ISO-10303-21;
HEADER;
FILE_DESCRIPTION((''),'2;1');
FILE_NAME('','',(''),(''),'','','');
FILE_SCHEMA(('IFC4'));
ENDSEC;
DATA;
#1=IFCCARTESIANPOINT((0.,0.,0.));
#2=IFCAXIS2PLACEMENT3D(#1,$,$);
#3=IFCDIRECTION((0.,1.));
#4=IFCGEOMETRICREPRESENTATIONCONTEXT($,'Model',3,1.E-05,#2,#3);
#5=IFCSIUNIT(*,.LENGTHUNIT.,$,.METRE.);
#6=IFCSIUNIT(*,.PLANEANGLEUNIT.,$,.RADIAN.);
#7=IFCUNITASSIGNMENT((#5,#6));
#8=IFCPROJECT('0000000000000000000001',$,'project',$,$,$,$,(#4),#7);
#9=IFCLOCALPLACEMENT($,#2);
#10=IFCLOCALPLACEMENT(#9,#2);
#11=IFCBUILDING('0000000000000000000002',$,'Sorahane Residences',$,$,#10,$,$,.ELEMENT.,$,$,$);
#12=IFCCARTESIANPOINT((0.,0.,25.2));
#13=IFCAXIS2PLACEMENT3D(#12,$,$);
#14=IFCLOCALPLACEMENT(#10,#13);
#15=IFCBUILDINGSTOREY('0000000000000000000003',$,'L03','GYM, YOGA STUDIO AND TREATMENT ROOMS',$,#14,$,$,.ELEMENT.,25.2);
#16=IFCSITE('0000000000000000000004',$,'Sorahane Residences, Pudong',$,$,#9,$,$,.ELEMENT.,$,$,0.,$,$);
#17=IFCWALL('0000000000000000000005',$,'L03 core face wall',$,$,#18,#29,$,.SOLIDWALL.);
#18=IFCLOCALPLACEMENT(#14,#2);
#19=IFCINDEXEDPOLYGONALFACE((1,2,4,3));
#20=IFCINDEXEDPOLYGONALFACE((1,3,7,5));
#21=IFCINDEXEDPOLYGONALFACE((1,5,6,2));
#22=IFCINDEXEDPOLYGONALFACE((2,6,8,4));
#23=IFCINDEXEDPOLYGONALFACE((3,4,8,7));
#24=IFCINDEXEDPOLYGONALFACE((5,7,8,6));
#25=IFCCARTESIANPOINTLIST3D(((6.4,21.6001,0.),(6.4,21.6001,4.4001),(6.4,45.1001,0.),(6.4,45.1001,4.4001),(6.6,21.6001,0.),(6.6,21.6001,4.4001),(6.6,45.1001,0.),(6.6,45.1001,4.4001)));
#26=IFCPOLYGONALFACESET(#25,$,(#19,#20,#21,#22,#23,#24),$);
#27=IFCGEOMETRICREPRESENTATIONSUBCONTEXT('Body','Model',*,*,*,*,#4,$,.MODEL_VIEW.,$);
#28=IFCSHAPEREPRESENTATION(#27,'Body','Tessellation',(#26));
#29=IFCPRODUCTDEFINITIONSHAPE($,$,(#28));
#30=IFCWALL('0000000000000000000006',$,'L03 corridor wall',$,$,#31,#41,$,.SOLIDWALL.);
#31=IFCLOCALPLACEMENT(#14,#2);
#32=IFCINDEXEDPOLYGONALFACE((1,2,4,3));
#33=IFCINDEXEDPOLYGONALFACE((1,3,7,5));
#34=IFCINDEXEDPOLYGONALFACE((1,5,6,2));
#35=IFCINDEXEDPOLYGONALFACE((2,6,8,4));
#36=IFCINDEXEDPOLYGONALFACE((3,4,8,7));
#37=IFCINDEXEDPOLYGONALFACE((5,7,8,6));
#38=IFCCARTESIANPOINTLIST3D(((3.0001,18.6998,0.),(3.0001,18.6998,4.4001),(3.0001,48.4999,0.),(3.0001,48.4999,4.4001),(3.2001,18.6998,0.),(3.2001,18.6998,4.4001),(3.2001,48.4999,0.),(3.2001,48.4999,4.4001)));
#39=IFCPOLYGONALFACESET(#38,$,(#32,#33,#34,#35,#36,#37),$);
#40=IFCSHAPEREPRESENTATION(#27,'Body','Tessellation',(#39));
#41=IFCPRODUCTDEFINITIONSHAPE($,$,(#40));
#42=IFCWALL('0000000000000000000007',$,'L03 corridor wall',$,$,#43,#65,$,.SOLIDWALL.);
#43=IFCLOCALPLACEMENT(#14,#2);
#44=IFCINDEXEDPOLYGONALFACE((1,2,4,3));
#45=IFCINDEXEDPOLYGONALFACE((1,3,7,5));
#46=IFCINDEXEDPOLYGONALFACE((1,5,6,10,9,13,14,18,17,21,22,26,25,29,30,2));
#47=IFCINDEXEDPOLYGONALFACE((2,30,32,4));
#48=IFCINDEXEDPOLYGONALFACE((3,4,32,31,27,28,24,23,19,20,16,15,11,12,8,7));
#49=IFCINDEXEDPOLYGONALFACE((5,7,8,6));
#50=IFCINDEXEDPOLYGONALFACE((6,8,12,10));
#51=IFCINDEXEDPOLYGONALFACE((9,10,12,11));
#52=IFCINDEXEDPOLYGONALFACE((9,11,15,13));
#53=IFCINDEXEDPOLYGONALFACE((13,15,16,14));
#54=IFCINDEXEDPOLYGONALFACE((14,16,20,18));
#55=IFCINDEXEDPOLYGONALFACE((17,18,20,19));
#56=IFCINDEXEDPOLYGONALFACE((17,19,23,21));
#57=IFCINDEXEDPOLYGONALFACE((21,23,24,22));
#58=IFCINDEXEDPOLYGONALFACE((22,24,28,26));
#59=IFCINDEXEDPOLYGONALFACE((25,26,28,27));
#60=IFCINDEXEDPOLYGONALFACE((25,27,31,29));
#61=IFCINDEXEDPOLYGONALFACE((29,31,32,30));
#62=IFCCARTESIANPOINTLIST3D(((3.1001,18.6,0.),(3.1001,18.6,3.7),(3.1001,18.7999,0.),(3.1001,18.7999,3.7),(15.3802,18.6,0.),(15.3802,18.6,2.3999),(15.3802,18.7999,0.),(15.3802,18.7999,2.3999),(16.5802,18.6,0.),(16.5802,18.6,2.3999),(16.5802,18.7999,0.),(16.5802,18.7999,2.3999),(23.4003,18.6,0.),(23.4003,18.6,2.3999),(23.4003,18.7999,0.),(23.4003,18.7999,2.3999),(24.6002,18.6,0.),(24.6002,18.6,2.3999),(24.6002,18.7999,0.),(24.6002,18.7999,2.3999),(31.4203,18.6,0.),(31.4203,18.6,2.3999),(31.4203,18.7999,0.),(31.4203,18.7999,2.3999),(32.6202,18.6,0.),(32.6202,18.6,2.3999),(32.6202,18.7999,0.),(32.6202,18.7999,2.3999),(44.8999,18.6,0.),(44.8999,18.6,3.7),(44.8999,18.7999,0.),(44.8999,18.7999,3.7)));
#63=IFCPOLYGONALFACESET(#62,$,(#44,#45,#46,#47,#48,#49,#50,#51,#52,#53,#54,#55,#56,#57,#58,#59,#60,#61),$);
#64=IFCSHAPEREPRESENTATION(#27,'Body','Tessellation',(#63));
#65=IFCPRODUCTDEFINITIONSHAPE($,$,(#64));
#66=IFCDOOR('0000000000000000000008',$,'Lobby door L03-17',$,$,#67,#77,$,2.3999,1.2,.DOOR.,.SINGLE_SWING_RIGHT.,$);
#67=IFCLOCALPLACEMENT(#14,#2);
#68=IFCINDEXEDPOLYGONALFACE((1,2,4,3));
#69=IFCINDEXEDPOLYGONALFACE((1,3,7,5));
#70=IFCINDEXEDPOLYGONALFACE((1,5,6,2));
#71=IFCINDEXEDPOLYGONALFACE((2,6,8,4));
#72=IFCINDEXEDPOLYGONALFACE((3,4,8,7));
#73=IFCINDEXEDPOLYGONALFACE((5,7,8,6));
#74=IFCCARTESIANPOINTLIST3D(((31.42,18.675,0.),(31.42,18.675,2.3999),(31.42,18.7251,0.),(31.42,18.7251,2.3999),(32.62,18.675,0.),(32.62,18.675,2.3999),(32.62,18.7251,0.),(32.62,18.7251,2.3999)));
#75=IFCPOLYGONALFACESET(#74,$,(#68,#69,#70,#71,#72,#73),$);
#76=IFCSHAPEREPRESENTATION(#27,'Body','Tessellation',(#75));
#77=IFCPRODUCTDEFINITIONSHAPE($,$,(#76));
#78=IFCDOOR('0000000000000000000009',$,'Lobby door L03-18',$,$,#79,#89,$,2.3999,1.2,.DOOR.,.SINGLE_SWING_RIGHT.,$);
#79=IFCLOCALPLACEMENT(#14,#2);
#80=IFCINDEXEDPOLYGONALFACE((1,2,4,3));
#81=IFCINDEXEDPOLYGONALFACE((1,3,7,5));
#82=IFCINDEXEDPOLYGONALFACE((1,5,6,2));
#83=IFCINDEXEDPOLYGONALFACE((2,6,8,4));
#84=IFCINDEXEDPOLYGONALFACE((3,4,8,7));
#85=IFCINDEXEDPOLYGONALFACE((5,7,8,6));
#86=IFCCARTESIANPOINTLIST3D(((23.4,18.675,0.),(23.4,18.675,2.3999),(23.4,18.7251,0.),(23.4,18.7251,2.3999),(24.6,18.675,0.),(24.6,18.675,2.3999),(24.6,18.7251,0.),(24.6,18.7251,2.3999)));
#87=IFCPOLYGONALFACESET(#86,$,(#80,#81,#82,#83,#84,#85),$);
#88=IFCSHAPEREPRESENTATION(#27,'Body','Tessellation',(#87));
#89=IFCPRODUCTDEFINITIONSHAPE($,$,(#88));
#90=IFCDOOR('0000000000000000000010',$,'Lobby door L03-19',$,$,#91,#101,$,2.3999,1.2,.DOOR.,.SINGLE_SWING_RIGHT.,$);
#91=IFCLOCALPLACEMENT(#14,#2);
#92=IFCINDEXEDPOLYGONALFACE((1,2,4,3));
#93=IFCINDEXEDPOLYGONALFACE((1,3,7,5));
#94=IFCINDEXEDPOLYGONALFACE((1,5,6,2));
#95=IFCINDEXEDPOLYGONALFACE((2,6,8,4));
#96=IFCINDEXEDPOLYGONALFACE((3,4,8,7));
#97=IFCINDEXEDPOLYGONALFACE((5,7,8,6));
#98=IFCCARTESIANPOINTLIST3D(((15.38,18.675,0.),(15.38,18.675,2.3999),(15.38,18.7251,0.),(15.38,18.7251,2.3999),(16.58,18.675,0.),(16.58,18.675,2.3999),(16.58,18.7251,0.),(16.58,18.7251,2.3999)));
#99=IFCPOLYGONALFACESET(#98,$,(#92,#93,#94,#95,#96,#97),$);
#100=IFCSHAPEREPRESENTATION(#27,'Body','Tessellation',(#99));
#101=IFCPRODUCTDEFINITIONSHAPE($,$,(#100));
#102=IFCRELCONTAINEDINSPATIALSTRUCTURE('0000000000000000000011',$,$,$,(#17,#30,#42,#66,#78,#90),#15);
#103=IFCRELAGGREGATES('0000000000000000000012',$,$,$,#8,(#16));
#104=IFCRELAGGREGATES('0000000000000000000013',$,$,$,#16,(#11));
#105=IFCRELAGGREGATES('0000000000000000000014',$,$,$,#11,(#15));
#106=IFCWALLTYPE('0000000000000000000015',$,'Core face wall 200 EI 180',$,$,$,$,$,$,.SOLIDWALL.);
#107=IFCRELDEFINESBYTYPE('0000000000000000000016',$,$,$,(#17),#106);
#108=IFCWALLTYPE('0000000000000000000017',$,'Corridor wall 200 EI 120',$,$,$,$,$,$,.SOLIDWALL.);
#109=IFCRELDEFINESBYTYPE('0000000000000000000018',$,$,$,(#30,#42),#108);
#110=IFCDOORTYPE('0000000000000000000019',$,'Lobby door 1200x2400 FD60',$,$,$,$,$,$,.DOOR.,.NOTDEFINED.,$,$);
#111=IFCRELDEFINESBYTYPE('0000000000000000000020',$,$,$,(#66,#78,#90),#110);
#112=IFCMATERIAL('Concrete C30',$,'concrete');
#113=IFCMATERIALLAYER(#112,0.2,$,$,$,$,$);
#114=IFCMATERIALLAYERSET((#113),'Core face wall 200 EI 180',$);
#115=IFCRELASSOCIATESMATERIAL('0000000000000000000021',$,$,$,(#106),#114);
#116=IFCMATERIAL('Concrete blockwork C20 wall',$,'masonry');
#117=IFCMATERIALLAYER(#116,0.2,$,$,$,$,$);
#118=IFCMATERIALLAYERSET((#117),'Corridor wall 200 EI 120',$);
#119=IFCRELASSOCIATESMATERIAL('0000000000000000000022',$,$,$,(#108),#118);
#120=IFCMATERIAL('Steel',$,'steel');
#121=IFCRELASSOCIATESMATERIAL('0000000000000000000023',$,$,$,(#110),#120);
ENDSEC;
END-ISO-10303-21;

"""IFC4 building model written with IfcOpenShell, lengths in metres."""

from ifc_helpers import new_model, si_unit, direction, frame, frame_2d, origin, place, context, subcontext, project, spatial, rectangle, extrude, material, layer, layer_set, type_object, element, fill, save


model = new_model("IFC4")

# Units and contexts
model_context = context("Model", 3, precision=1e-05, world=origin(), true_north=direction((0.0, 1.0)))
body_context = subcontext(model_context, "Body", "Model", "MODEL_VIEW")
ifc_project = project(units=[si_unit("LENGTHUNIT", "METRE"), si_unit("PLANEANGLEUNIT", "RADIAN")], contexts=[model_context])

# Site, building, storey
site_placement = place(None, origin())
site = spatial("IfcSite", under=ifc_project, at=site_placement, Name="Sorahane Residences, Pudong", CompositionType="ELEMENT", RefElevation=0.0)
building_placement = place(site_placement, origin())
building = spatial("IfcBuilding", under=site, at=building_placement, Name="Sorahane Residences", CompositionType="ELEMENT")
storey_placement = place(building_placement, frame((0.0, 0.0, 25.2)))
storey = spatial("IfcBuildingStorey", under=building, at=storey_placement, Name="L03", Description="GYM, YOGA STUDIO AND TREATMENT ROOMS", CompositionType="ELEMENT", Elevation=25.2)

# Walls
ifc_material_1 = material(Name="Concrete C30", Category="concrete")
ifc_layer_1 = layer(ifc_material_1, 0.2)
ifc_layer_set_1 = layer_set([ifc_layer_1], Name="Core face wall 200 EI 180")
wall_type_1 = type_object("IfcWallType", Name="Core face wall 200 EI 180", PredefinedType="SOLIDWALL", material=ifc_layer_set_1)
wall_1_placement = place(storey_placement, frame((6.5, 21.6001, 0.0), z_axis=(0.0, 0.0, 1.0), x_axis=(0.0, 1.0, 0.0)))
element("IfcWall", 1, at=wall_1_placement, inside=storey, type_object=wall_type_1, Name="L03 core face wall", PredefinedType="SOLIDWALL", context=body_context, shape_type="SweptSolid", body=[
    extrude(rectangle(XDim=23.5, YDim=0.2, at=frame_2d((11.75, 0.0))), origin(), (0.0, 0.0, 1.0), 4.4001),
])
ifc_material_2 = material(Name="Concrete blockwork C20 wall", Category="masonry")
ifc_layer_2 = layer(ifc_material_2, 0.2)
ifc_layer_set_2 = layer_set([ifc_layer_2], Name="Corridor wall 200 EI 120")
wall_type_2 = type_object("IfcWallType", Name="Corridor wall 200 EI 120", PredefinedType="SOLIDWALL", material=ifc_layer_set_2)
wall_2_placement = place(storey_placement, frame((3.1001, 18.7, 0.0), z_axis=(0.0, 0.0, 1.0), x_axis=(0.0, 1.0, 0.0)))
element("IfcWall", 2, at=wall_2_placement, inside=storey, type_object=wall_type_2, Name="L03 corridor wall", PredefinedType="SOLIDWALL", context=body_context, shape_type="SweptSolid", body=[
    extrude(rectangle(XDim=29.8, YDim=0.2, at=frame_2d((14.8999, 0.0))), origin(), (0.0, 0.0, 1.0), 4.4001),
])

# Wall, openings, doors
wall_3_placement = place(storey_placement, frame((3.1001, 18.7, 0.0), z_axis=(0.0, 0.0, 1.0), x_axis=(1.0, 0.0, 0.0)))
wall_3 = element("IfcWall", 3, at=wall_3_placement, inside=storey, type_object=wall_type_2, Name="L03 corridor wall", PredefinedType="SOLIDWALL", context=body_context, shape_type="SweptSolid", body=[
    extrude(rectangle(XDim=41.7998, YDim=0.2, at=frame_2d((20.8999, 0.0))), origin(), (0.0, 0.0, 1.0), 3.7),
])
opening_1_placement = place(wall_3_placement, frame((28.3201, 0.0, 0.0)))
opening_1 = element("IfcOpeningElement", 4, at=opening_1_placement, cuts=wall_3, PredefinedType="OPENING", context=body_context, shape_type="SweptSolid", body=[
    extrude(rectangle(XDim=1.2, YDim=2.3999, at=frame_2d((0.6001, 1.2))), frame((0.0, 0.1099, 0.0), z_axis=(0.0, -1.0, 0.0), x_axis=(1.0, 0.0, 0.0)), (0.0, 0.0, 1.0), 0.22),
])
opening_2_placement = place(wall_3_placement, frame((20.3, 0.0, 0.0)))
opening_2 = element("IfcOpeningElement", 5, at=opening_2_placement, cuts=wall_3, PredefinedType="OPENING", context=body_context, shape_type="SweptSolid", body=[
    extrude(rectangle(XDim=1.2, YDim=2.3999, at=frame_2d((0.6001, 1.2))), frame((0.0, 0.1099, 0.0), z_axis=(0.0, -1.0, 0.0), x_axis=(1.0, 0.0, 0.0)), (0.0, 0.0, 1.0), 0.22),
])
opening_3_placement = place(wall_3_placement, frame((12.28, 0.0, 0.0)))
opening_3 = element("IfcOpeningElement", 6, at=opening_3_placement, cuts=wall_3, PredefinedType="OPENING", context=body_context, shape_type="SweptSolid", body=[
    extrude(rectangle(XDim=1.2, YDim=2.3999, at=frame_2d((0.6001, 1.2))), frame((0.0, 0.1099, 0.0), z_axis=(0.0, -1.0, 0.0), x_axis=(1.0, 0.0, 0.0)), (0.0, 0.0, 1.0), 0.22),
])
ifc_material_3 = material(Name="Steel", Category="steel")
door_type_1 = type_object("IfcDoorType", Name="Lobby door 1200x2400 FD60", OperationType="NOTDEFINED", PredefinedType="DOOR", material=ifc_material_3)
door_1_placement = place(opening_1_placement, frame((1.2, 0.0, 0.0), z_axis=(0.0, 0.0, 1.0), x_axis=(-1.0, 0.0, 0.0)))
door_1 = element("IfcDoor", 7, at=door_1_placement, inside=storey, type_object=door_type_1, Name="Lobby door L03-17", OperationType="SINGLE_SWING_RIGHT", OverallHeight=2.3999, OverallWidth=1.2, PredefinedType="DOOR", context=body_context, shape_type="SweptSolid", body=[
    extrude(rectangle(XDim=1.2, YDim=2.3999, at=frame_2d((0.6001, 1.2))), frame((0.0, 0.0249, 0.0), z_axis=(0.0, -1.0, 0.0), x_axis=(1.0, 0.0, 0.0)), (0.0, 0.0, 1.0), 0.05),
])
fill(opening_1, door_1)
door_2_placement = place(opening_2_placement, frame((1.2, 0.0, 0.0), z_axis=(0.0, 0.0, 1.0), x_axis=(-1.0, 0.0, 0.0)))
door_2 = element("IfcDoor", 8, at=door_2_placement, inside=storey, type_object=door_type_1, Name="Lobby door L03-18", OperationType="SINGLE_SWING_RIGHT", OverallHeight=2.3999, OverallWidth=1.2, PredefinedType="DOOR", context=body_context, shape_type="SweptSolid", body=[
    extrude(rectangle(XDim=1.2, YDim=2.3999, at=frame_2d((0.6001, 1.2))), frame((0.0, 0.0249, 0.0), z_axis=(0.0, -1.0, 0.0), x_axis=(1.0, 0.0, 0.0)), (0.0, 0.0, 1.0), 0.05),
])
fill(opening_2, door_2)
door_3_placement = place(opening_3_placement, frame((1.2, 0.0, 0.0), z_axis=(0.0, 0.0, 1.0), x_axis=(-1.0, 0.0, 0.0)))
door_3 = element("IfcDoor", 9, at=door_3_placement, inside=storey, type_object=door_type_1, Name="Lobby door L03-19", OperationType="SINGLE_SWING_RIGHT", OverallHeight=2.3999, OverallWidth=1.2, PredefinedType="DOOR", context=body_context, shape_type="SweptSolid", body=[
    extrude(rectangle(XDim=1.2, YDim=2.3999, at=frame_2d((0.6001, 1.2))), frame((0.0, 0.0249, 0.0), z_axis=(0.0, -1.0, 0.0), x_axis=(1.0, 0.0, 0.0)), (0.0, 0.0, 1.0), 0.05),
])
fill(opening_3, door_3)

save(model, "model.ifc")
